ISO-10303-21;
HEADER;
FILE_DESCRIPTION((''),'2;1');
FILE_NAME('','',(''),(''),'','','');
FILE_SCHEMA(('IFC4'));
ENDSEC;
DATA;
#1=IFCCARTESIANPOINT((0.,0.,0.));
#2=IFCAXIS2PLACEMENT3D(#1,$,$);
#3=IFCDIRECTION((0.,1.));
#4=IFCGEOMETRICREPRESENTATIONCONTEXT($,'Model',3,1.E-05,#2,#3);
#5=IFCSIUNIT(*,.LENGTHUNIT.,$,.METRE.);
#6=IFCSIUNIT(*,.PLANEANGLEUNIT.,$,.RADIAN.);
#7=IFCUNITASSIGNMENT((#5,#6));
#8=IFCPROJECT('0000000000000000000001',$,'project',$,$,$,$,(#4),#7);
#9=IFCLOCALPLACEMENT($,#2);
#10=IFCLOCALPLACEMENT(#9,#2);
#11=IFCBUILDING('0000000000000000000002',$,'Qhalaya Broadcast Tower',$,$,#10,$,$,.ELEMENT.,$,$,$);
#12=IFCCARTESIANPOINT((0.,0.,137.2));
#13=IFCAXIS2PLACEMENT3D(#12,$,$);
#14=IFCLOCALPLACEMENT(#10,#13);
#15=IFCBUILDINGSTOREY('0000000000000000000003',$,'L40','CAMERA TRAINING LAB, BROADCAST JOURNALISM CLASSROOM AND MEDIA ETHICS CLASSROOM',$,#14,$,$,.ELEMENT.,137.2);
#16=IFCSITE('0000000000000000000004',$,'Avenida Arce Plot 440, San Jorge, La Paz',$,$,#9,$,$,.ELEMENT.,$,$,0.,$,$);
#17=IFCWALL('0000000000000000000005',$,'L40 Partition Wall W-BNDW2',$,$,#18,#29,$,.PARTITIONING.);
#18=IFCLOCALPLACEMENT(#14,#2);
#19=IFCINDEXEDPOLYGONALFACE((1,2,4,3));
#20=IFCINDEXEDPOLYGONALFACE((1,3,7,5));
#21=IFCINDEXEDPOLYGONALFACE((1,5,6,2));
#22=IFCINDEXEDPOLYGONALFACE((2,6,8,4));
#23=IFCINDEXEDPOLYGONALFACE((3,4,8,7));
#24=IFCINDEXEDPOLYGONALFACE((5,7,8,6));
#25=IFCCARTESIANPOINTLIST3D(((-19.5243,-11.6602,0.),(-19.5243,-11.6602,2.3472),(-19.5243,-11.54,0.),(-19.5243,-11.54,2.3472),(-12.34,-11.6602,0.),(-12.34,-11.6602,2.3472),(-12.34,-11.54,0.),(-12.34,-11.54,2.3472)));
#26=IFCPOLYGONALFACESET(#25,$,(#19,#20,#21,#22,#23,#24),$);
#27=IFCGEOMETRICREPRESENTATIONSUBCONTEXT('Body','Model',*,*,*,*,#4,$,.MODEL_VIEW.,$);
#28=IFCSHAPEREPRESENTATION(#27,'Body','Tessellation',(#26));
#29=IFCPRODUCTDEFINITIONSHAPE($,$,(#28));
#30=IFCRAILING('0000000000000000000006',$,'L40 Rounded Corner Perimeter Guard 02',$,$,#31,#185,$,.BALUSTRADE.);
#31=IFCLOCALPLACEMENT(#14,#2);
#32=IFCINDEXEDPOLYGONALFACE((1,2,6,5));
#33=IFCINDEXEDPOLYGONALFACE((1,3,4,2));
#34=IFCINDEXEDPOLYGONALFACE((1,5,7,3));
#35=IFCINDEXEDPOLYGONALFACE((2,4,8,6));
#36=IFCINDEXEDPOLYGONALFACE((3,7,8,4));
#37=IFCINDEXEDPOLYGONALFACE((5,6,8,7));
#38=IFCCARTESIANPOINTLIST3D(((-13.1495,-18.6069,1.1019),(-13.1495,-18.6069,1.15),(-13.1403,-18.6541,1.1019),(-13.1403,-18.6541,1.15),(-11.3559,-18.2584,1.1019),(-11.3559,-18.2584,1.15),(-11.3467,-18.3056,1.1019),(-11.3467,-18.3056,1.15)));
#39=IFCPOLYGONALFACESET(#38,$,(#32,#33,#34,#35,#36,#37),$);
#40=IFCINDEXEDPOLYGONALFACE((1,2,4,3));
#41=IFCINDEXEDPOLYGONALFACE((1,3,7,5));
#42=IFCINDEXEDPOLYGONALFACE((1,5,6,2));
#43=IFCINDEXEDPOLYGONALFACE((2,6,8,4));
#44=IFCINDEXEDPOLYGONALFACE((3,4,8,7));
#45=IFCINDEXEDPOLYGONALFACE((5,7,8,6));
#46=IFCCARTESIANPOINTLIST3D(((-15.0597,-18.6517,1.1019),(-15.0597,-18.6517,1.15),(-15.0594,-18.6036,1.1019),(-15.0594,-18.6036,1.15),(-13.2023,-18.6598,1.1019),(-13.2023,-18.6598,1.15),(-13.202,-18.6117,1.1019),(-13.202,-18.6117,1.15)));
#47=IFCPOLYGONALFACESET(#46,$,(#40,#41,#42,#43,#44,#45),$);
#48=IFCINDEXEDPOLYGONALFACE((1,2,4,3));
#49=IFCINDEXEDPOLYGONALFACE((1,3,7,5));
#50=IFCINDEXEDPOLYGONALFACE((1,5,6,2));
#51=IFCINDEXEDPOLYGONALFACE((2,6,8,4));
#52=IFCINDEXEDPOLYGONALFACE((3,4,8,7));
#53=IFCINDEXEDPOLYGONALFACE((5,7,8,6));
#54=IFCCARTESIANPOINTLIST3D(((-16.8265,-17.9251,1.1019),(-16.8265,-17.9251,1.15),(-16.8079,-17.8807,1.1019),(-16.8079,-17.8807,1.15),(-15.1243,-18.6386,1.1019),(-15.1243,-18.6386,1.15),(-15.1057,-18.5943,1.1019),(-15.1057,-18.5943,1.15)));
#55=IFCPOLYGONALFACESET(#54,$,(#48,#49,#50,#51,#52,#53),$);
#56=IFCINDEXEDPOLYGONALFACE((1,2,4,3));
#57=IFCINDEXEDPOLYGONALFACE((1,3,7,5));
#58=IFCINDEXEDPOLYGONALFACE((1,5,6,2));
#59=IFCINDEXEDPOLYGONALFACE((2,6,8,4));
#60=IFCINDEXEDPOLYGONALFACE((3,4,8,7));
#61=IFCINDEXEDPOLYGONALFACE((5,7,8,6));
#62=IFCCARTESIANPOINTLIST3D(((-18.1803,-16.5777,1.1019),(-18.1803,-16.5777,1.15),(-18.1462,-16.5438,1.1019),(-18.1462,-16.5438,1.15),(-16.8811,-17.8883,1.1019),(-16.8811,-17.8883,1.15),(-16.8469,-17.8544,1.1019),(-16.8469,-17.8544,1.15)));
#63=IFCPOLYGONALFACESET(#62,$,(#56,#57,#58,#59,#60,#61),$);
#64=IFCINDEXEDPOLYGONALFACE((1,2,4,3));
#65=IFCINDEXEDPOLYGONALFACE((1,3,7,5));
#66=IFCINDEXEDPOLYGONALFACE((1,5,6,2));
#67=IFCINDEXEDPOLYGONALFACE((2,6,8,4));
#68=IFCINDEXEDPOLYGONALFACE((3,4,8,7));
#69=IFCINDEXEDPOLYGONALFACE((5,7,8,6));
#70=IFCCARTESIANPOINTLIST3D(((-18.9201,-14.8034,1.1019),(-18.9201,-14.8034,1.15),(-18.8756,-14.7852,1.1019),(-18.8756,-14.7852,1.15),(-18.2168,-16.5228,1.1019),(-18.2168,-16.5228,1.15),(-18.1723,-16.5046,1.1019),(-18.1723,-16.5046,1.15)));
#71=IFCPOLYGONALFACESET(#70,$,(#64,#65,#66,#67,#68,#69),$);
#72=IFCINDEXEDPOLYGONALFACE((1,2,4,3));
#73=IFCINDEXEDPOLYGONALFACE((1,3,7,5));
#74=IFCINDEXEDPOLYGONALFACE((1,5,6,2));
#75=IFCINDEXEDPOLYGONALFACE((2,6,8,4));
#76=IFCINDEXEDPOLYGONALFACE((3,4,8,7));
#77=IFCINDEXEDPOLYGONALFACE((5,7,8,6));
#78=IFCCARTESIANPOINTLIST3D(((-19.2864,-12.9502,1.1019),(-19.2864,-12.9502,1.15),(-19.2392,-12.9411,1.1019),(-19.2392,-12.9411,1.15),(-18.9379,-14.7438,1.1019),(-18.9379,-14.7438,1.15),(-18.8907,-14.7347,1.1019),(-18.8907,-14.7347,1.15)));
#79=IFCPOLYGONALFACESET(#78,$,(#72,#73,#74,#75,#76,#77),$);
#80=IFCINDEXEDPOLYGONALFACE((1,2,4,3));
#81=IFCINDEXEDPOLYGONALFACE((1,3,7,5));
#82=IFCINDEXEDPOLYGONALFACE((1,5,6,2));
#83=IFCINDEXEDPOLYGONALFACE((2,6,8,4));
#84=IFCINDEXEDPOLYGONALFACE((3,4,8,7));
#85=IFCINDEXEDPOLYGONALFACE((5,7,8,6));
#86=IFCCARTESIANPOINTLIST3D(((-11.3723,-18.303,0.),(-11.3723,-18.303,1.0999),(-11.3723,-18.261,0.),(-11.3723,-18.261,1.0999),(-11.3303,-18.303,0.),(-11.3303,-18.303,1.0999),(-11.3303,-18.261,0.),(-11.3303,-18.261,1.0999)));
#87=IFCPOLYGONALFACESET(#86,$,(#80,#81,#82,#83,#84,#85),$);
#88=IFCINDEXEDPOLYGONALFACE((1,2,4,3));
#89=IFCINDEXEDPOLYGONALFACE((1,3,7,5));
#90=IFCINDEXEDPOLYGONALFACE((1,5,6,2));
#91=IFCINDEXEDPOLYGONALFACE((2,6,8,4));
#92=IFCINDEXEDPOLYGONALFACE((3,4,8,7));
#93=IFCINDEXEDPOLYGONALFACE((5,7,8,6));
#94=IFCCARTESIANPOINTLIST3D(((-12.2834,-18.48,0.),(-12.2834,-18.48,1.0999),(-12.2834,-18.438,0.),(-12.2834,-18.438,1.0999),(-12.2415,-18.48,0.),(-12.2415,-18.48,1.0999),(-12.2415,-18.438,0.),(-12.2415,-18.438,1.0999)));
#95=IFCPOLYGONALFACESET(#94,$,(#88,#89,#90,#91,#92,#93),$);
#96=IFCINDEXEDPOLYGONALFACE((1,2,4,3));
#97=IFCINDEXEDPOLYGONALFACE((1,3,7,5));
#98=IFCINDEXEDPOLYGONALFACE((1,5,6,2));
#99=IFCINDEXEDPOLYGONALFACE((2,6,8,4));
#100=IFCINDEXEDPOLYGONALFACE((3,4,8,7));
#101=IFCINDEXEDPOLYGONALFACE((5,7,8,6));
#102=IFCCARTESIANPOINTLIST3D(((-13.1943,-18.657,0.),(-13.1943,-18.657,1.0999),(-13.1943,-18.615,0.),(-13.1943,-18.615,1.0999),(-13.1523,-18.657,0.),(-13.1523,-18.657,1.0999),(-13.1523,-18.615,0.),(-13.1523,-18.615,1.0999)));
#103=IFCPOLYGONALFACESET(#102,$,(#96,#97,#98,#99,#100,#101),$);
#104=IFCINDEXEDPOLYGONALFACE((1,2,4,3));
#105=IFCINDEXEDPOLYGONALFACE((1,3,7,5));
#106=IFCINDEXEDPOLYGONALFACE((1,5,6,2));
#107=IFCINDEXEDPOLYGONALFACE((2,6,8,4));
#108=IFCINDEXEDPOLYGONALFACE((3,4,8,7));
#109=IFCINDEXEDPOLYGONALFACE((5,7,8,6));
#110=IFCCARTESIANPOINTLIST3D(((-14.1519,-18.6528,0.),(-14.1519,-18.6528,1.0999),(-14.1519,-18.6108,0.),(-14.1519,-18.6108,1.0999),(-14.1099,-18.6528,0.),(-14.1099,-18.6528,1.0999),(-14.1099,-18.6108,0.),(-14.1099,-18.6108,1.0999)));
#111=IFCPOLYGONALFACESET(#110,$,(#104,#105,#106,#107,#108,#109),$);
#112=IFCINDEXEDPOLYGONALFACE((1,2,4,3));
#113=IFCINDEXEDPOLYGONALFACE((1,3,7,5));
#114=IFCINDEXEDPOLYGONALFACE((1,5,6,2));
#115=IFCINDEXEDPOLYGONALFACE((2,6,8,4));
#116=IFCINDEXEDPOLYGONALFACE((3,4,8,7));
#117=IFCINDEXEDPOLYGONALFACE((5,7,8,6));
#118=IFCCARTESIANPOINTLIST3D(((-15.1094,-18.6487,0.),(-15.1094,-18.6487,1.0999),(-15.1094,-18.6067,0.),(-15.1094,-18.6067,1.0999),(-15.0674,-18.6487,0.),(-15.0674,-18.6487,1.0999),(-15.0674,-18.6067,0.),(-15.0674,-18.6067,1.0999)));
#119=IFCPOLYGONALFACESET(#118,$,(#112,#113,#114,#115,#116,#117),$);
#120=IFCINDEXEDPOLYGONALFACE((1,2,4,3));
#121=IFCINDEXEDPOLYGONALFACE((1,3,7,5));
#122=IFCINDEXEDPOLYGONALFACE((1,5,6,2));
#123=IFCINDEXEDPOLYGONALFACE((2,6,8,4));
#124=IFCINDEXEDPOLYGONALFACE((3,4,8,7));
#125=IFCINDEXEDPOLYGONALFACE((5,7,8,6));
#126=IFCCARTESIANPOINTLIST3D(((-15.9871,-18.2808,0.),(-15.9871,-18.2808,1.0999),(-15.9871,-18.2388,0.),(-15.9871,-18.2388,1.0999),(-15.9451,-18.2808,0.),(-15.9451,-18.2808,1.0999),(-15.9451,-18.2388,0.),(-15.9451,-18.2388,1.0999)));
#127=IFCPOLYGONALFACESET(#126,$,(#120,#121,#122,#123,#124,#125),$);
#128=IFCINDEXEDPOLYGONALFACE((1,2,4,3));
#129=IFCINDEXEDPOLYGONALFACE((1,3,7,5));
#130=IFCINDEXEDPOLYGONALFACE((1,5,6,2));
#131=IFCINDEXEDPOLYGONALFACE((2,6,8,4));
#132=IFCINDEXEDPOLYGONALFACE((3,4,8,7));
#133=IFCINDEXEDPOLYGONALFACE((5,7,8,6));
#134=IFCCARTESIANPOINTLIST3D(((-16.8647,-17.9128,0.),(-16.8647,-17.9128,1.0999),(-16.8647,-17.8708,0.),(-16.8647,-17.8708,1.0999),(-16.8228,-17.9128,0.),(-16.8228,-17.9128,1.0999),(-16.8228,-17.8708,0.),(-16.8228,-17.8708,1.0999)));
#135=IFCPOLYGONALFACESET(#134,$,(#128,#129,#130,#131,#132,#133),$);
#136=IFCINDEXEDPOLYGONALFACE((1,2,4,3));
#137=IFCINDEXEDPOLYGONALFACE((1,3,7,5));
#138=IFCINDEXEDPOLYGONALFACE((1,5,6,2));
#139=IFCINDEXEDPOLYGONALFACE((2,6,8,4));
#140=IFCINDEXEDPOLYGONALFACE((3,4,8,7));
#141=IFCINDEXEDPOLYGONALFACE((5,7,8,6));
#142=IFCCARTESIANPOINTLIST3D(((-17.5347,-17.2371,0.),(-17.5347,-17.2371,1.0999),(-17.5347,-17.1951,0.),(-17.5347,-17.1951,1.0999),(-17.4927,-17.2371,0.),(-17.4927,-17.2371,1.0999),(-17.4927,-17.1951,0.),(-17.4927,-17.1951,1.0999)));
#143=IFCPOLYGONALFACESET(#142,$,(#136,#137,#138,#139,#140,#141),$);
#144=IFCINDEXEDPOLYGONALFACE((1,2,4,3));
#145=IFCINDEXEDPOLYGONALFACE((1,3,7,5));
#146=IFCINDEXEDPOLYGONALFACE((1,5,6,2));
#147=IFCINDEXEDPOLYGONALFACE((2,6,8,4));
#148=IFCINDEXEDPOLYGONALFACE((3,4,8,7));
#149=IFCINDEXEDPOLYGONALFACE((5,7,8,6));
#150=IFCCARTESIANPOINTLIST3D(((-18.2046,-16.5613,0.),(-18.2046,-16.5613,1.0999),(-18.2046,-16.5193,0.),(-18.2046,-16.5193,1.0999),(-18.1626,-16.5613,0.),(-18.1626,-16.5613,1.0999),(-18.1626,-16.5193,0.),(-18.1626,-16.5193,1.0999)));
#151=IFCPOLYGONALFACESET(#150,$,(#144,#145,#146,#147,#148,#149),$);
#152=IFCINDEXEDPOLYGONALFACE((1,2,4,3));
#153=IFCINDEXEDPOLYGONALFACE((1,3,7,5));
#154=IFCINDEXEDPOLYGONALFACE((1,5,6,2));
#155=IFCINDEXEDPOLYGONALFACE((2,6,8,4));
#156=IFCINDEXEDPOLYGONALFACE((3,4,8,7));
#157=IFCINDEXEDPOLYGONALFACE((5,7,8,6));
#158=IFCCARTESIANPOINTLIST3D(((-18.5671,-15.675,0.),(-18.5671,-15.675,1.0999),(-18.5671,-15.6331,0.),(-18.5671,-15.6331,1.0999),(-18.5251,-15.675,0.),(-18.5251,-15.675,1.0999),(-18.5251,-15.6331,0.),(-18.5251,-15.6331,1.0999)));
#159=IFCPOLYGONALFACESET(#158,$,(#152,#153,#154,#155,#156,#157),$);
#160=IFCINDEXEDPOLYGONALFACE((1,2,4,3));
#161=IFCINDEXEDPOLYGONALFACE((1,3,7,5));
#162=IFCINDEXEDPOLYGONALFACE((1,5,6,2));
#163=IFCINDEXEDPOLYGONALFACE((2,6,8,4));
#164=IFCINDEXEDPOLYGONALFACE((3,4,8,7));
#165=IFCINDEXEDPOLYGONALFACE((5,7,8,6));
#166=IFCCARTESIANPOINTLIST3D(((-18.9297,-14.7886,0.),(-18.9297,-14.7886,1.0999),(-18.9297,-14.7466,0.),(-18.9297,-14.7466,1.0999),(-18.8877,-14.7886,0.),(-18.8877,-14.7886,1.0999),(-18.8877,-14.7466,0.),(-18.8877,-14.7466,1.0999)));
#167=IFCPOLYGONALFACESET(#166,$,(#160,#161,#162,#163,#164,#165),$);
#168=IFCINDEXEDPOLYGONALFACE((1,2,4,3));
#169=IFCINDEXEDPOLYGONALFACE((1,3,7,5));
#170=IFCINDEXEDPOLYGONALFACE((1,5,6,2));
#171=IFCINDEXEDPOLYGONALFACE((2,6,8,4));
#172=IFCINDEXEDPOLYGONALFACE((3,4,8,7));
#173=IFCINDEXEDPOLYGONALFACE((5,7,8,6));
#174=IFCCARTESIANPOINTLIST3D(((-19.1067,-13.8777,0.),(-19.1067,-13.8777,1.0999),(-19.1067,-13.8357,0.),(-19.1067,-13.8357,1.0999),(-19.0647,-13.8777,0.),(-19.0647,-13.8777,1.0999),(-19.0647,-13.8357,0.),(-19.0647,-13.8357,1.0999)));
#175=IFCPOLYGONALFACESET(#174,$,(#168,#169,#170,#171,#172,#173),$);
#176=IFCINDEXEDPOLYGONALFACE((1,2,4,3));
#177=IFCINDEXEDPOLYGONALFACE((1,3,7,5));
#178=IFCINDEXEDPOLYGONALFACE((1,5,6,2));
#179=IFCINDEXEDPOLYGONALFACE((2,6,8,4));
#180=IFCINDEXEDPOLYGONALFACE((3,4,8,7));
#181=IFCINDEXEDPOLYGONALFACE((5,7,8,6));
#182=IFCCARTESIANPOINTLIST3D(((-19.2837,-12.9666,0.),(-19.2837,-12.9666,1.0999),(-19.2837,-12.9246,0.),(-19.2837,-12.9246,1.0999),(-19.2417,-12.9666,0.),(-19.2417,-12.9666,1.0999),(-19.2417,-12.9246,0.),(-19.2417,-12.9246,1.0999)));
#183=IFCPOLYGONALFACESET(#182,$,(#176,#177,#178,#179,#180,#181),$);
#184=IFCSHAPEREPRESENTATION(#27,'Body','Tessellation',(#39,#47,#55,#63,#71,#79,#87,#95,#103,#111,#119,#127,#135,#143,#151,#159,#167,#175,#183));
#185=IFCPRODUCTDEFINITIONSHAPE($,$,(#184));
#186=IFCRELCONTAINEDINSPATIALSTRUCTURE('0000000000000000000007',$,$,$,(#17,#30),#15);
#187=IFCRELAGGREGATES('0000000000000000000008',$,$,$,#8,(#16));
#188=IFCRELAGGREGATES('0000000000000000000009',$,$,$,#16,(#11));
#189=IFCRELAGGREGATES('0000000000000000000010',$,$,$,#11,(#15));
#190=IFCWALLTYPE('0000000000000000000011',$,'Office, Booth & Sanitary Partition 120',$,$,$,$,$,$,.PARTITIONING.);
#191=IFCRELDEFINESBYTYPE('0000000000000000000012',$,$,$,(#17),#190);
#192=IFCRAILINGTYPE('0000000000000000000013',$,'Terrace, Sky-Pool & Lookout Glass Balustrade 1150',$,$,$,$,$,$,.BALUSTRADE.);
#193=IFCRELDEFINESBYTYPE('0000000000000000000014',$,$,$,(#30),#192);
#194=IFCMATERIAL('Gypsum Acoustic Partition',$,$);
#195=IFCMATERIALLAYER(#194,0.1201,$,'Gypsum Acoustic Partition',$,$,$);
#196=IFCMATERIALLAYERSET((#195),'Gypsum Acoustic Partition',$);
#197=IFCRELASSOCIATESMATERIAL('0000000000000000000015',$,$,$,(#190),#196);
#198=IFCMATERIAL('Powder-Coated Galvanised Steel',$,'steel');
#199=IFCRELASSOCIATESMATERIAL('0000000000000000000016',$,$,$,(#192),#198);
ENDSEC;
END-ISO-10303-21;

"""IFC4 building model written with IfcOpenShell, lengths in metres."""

from ifc_helpers import new_model, si_unit, direction, frame, frame_2d, origin, origin_2d, place, context, subcontext, project, spatial, rectangle, extrude, material, layer, layer_set, type_object, element, save


model = new_model("IFC4")

# Units and contexts
model_context = context("Model", 3, precision=1e-05, world=origin(), true_north=direction((0.0, 1.0)))
body_context = subcontext(model_context, "Body", "Model", "MODEL_VIEW")
ifc_project = project(units=[si_unit("LENGTHUNIT", "METRE"), si_unit("PLANEANGLEUNIT", "RADIAN")], contexts=[model_context])

# Site, building, storey
site_placement = place(None, origin())
site = spatial("IfcSite", under=ifc_project, at=site_placement, Name="Avenida Arce Plot 440, San Jorge, La Paz", CompositionType="ELEMENT", RefElevation=0.0)
building_placement = place(site_placement, origin())
building = spatial("IfcBuilding", under=site, at=building_placement, Name="Qhalaya Broadcast Tower", CompositionType="ELEMENT")
storey_placement = place(building_placement, frame((0.0, 0.0, 137.2)))
storey = spatial("IfcBuildingStorey", under=building, at=storey_placement, Name="L40", Description="CAMERA TRAINING LAB, BROADCAST JOURNALISM CLASSROOM AND MEDIA ETHICS CLASSROOM", CompositionType="ELEMENT", Elevation=137.2)

# Shared definitions
ifc_material_1 = material(Name="Gypsum Acoustic Partition")

# Wall
ifc_layer_1 = layer(ifc_material_1, 0.1201, Name="Gypsum Acoustic Partition")
ifc_layer_set_1 = layer_set([ifc_layer_1], Name="Gypsum Acoustic Partition")
wall_type_1 = type_object("IfcWallType", Name="Office, Booth & Sanitary Partition 120", PredefinedType="PARTITIONING", material=ifc_layer_set_1)
wall_1_placement = place(storey_placement, frame((-19.5244, -11.6001, 0.0), z_axis=(0.0, 0.0, 1.0), x_axis=(1.0, 0.0, 0.0)))
element("IfcWall", 1, at=wall_1_placement, inside=storey, type_object=wall_type_1, Name="L40 Partition Wall W-BNDW2", PredefinedType="PARTITIONING", context=body_context, shape_type="SweptSolid", body=[
    extrude(rectangle(XDim=7.1843, YDim=0.1201, at=frame_2d((3.5923, 0.0))), origin(), (0.0, 0.0, 1.0), 2.3472),
])

# Railing
ifc_material_2 = material(Name="Powder-Coated Galvanised Steel", Category="steel")
railing_type = type_object("IfcRailingType", Name="Terrace, Sky-Pool & Lookout Glass Balustrade 1150", PredefinedType="BALUSTRADE", material=ifc_material_2)
railing_placement = place(storey_placement, frame((-11.3513, -18.282, 0.0)))
element("IfcRailing", 2, at=railing_placement, inside=storey, type_object=railing_type, Name="L40 Rounded Corner Perimeter Guard 02", PredefinedType="BALUSTRADE", context=body_context, shape_type="SweptSolid", body=[
    extrude(rectangle(XDim=0.0481, YDim=0.0481, at=origin_2d()), frame((0.0, 0.0, 1.126), z_axis=(-0.981643, -0.190725, 0.0), x_axis=(0.190725, -0.981643, 0.0)), (0.0, 0.0, 1.0), 1.8271),
    extrude(rectangle(XDim=0.0481, YDim=0.0481, at=origin_2d()), frame((-1.8508, -0.3538, 1.126), z_axis=(-0.999991, 0.004334, 0.0), x_axis=(-0.004334, -0.999991, 0.0)), (0.0, 0.0, 1.0), 1.8574),
    extrude(rectangle(XDim=0.0481, YDim=0.0481, at=origin_2d()), frame((-3.7637, -0.3345, 1.126), z_axis=(-0.922247, 0.3866, 0.0), x_axis=(-0.3866, -0.922247, 0.0)), (0.0, 0.0, 1.0), 1.8457),
    extrude(rectangle(XDim=0.0481, YDim=0.0481, at=origin_2d()), frame((-5.5127, 0.4106, 1.126), z_axis=(-0.704021, 0.710179, 0.0), x_axis=(-0.710179, -0.704021, 0.0)), (0.0, 0.0, 1.0), 1.8455),
    extrude(rectangle(XDim=0.0481, YDim=0.0481, at=origin_2d()), frame((-6.8433, 1.7683, 1.126), z_axis=(-0.378588, 0.925565, 0.0), x_axis=(-0.925565, -0.378588, 0.0)), (0.0, 0.0, 1.0), 1.8577),
    extrude(rectangle(XDim=0.0481, YDim=0.0481, at=origin_2d()), frame((-7.563, 3.5427, 1.126), z_axis=(-0.190725, 0.981643, 0.0), x_axis=(-0.981643, -0.190725, 0.0)), (0.0, 0.0, 1.0), 1.8271),
    extrude(rectangle(XDim=0.042, YDim=0.042, at=origin_2d()), origin(), (0.0, 0.0, 1.0), 1.0999),
    extrude(rectangle(XDim=0.042, YDim=0.042, at=origin_2d()), frame((-0.9111, -0.177, 0.0)), (0.0, 0.0, 1.0), 1.0999),
    extrude(rectangle(XDim=0.042, YDim=0.042, at=origin_2d()), frame((-1.822, -0.354, 0.0)), (0.0, 0.0, 1.0), 1.0999),
    extrude(rectangle(XDim=0.042, YDim=0.042, at=origin_2d()), frame((-2.7795, -0.3499, 0.0)), (0.0, 0.0, 1.0), 1.0999),
    extrude(rectangle(XDim=0.042, YDim=0.042, at=origin_2d()), frame((-3.7371, -0.3457, 0.0)), (0.0, 0.0, 1.0), 1.0999),
    extrude(rectangle(XDim=0.042, YDim=0.042, at=origin_2d()), frame((-4.6147, 0.0222, 0.0)), (0.0, 0.0, 1.0), 1.0999),
    extrude(rectangle(XDim=0.042, YDim=0.042, at=origin_2d()), frame((-5.4924, 0.3901, 0.0)), (0.0, 0.0, 1.0), 1.0999),
    extrude(rectangle(XDim=0.042, YDim=0.042, at=origin_2d()), frame((-6.1624, 1.0659, 0.0)), (0.0, 0.0, 1.0), 1.0999),
    extrude(rectangle(XDim=0.042, YDim=0.042, at=origin_2d()), frame((-6.8323, 1.7417, 0.0)), (0.0, 0.0, 1.0), 1.0999),
    extrude(rectangle(XDim=0.042, YDim=0.042, at=origin_2d()), frame((-7.1948, 2.6279, 0.0)), (0.0, 0.0, 1.0), 1.0999),
    extrude(rectangle(XDim=0.042, YDim=0.042, at=origin_2d()), frame((-7.5574, 3.5144, 0.0)), (0.0, 0.0, 1.0), 1.0999),
    extrude(rectangle(XDim=0.042, YDim=0.042, at=origin_2d()), frame((-7.7344, 4.4253, 0.0)), (0.0, 0.0, 1.0), 1.0999),
    extrude(rectangle(XDim=0.042, YDim=0.042, at=origin_2d()), frame((-7.9114, 5.3364, 0.0)), (0.0, 0.0, 1.0), 1.0999),
])

save(model, "model.ifc")
